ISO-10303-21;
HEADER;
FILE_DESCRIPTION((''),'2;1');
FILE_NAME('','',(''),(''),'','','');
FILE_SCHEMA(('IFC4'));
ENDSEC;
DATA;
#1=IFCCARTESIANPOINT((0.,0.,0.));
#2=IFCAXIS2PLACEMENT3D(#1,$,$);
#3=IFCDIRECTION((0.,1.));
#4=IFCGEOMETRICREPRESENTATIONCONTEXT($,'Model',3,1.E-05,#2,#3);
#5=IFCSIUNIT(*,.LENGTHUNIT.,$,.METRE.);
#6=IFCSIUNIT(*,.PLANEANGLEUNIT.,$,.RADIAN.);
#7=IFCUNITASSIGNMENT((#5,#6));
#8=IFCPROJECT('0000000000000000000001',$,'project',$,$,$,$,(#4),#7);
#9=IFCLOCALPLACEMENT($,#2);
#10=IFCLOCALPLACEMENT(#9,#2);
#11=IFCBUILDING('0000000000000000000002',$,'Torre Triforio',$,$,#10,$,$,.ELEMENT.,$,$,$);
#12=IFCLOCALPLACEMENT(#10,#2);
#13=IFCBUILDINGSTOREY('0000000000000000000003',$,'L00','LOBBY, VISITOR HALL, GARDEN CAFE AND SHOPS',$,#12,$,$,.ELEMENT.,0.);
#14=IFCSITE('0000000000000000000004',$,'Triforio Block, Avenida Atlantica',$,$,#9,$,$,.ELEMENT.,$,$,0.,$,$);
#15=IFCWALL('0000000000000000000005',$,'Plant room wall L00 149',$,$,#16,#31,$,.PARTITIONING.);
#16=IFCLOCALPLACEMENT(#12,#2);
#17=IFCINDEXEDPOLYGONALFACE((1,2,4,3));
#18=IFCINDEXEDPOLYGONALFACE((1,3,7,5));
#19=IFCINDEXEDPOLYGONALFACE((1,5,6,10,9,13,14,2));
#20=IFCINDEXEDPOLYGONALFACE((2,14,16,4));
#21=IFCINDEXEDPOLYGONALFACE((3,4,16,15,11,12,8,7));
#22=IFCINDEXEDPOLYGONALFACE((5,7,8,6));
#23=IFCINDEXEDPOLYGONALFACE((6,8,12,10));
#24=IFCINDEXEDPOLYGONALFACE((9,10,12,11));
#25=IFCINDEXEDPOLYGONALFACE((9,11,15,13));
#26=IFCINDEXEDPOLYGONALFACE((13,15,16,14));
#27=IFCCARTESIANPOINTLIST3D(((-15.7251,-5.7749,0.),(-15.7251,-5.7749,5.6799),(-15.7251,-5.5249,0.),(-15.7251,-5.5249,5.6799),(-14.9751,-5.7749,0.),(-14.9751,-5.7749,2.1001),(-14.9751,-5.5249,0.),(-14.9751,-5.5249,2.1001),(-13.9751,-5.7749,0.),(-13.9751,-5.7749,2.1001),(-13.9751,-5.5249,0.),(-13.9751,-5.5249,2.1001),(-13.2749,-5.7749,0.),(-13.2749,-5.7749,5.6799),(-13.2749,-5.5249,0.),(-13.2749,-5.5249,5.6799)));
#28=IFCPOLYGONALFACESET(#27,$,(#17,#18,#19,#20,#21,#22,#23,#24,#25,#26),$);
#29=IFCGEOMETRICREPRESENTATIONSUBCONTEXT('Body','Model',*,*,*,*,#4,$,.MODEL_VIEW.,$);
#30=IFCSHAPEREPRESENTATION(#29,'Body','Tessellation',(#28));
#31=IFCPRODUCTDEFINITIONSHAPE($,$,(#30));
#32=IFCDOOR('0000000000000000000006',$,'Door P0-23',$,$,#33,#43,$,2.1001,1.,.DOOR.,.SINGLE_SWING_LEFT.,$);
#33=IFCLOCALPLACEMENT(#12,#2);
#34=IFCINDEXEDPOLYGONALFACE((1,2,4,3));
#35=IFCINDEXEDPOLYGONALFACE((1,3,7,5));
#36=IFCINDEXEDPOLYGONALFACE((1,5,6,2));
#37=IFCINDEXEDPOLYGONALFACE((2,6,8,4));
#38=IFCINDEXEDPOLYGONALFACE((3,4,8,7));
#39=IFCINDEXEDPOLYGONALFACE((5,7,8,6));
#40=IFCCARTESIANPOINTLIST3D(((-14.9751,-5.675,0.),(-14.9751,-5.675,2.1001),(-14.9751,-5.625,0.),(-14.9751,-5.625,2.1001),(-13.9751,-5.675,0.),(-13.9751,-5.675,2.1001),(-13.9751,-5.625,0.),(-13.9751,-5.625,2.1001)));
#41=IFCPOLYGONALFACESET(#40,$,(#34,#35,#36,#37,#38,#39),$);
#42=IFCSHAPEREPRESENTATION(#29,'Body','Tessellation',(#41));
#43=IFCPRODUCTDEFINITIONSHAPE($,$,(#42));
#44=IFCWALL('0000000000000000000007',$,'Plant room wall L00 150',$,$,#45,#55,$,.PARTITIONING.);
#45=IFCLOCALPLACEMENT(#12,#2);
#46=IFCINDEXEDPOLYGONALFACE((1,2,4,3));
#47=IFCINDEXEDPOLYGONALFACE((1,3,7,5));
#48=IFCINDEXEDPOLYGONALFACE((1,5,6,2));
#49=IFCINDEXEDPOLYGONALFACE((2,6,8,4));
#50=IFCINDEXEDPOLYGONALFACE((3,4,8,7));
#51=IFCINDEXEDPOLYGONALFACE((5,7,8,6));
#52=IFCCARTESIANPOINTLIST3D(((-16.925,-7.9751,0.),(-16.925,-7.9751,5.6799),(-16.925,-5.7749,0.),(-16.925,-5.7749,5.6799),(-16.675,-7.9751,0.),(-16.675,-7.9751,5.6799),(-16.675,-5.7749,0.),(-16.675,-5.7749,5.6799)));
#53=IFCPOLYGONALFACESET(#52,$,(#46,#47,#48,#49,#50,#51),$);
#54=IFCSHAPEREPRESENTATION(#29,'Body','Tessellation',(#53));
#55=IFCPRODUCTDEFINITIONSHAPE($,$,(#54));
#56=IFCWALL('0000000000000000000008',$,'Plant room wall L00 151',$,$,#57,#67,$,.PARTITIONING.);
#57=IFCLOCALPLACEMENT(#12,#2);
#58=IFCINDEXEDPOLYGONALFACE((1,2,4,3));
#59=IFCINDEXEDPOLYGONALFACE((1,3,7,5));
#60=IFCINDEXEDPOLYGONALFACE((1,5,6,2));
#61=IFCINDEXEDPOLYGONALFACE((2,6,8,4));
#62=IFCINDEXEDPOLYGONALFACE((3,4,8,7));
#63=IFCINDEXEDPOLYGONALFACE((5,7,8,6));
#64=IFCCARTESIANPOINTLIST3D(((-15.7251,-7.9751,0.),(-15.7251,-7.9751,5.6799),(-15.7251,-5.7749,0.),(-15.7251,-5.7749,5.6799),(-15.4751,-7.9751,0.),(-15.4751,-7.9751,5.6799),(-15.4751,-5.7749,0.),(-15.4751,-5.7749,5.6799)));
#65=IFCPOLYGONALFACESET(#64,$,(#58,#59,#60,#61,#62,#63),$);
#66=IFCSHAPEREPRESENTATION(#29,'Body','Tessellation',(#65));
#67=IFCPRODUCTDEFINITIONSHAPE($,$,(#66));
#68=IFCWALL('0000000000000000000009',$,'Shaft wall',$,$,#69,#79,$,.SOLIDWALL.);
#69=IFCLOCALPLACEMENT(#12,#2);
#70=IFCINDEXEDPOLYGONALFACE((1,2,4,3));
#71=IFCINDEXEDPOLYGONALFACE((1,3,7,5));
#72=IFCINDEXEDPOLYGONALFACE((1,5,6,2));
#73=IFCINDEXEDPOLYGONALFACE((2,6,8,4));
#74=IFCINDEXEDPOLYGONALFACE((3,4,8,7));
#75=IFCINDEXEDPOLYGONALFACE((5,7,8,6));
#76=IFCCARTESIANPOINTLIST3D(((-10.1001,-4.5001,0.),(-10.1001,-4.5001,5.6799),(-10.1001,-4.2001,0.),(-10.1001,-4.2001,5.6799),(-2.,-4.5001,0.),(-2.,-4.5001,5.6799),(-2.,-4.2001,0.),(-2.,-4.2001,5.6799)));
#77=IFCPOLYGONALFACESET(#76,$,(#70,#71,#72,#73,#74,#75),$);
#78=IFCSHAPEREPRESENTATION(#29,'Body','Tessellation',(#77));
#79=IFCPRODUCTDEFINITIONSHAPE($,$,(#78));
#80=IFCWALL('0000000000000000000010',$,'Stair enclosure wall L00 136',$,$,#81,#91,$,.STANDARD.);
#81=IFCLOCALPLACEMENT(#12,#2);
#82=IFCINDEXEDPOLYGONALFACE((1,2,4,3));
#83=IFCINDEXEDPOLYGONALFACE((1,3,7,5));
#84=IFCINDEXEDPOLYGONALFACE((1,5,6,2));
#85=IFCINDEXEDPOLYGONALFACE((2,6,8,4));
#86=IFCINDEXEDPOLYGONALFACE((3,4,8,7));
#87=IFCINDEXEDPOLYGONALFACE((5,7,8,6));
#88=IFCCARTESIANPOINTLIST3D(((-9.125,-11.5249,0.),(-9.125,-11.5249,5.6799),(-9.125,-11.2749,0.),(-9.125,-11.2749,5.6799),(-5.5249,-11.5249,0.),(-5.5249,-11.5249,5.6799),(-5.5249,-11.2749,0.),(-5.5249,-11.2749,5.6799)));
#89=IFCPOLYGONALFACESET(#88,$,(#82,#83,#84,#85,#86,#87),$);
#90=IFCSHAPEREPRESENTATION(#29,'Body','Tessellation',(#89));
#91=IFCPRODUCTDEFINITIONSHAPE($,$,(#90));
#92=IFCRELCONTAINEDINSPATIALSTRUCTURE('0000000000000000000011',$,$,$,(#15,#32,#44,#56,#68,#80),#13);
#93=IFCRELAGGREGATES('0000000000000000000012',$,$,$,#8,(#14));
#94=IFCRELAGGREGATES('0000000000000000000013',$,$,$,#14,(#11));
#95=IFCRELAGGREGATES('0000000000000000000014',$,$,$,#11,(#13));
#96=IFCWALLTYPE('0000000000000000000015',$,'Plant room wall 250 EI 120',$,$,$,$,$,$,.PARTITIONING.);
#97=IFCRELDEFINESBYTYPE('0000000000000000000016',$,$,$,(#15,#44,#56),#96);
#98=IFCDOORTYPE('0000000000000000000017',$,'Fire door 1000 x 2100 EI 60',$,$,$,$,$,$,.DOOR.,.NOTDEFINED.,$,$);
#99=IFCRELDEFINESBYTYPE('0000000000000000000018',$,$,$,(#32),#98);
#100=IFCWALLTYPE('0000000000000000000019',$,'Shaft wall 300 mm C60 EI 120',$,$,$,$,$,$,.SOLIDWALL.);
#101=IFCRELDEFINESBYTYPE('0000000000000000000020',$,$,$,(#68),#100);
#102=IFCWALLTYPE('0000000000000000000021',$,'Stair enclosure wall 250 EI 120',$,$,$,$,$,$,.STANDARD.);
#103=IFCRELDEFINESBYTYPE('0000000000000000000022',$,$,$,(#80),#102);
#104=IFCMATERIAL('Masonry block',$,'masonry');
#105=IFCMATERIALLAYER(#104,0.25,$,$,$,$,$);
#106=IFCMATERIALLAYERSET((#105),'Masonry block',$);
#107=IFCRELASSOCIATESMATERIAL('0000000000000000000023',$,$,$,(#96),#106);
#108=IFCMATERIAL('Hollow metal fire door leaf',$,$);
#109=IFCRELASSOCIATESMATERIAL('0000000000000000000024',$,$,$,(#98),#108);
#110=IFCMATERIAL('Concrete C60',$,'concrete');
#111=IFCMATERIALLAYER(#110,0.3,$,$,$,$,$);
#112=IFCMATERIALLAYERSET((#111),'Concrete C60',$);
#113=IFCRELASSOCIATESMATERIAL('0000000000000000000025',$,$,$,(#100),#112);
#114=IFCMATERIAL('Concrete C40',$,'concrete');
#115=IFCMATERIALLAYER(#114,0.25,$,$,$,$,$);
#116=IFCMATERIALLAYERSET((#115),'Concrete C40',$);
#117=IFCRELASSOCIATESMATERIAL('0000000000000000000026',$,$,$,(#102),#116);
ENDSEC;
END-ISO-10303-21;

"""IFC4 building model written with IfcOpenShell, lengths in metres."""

from ifc_helpers import new_model, si_unit, direction, frame, frame_2d, origin, place, context, subcontext, project, spatial, rectangle, extrude, material, layer, layer_set, type_object, element, fill, save


model = new_model("IFC4")

# Units and contexts
model_context = context("Model", 3, precision=1e-05, world=origin(), true_north=direction((0.0, 1.0)))
body_context = subcontext(model_context, "Body", "Model", "MODEL_VIEW")
ifc_project = project(units=[si_unit("LENGTHUNIT", "METRE"), si_unit("PLANEANGLEUNIT", "RADIAN")], contexts=[model_context])

# Site, building, storey
site_placement = place(None, origin())
site = spatial("IfcSite", under=ifc_project, at=site_placement, Name="Triforio Block, Avenida Atlantica", CompositionType="ELEMENT", RefElevation=0.0)
building_placement = place(site_placement, origin())
building = spatial("IfcBuilding", under=site, at=building_placement, Name="Torre Triforio", CompositionType="ELEMENT")
storey_placement = place(building_placement, origin())
storey = spatial("IfcBuildingStorey", under=building, at=storey_placement, Name="L00", Description="LOBBY, VISITOR HALL, GARDEN CAFE AND SHOPS", CompositionType="ELEMENT", Elevation=0.0)

# Shared definitions
ifc_material_1 = material(Name="Concrete C60", Category="concrete")
ifc_material_2 = material(Name="Hollow metal fire door leaf")

# Shared definitions
ifc_material_3 = material(Name="Masonry block", Category="masonry")
ifc_layer_1 = layer(ifc_material_3, 0.25)
ifc_layer_set_1 = layer_set([ifc_layer_1], Name="Masonry block")
wall_type_1 = type_object("IfcWallType", Name="Plant room wall 250 EI 120", PredefinedType="PARTITIONING", material=ifc_layer_set_1)

# Wall, opening, door
wall_1_placement = place(storey_placement, frame((-15.7251, -5.6499, 0.0), z_axis=(0.0, 0.0, 1.0), x_axis=(1.0, 0.0, 0.0)))
wall_1 = element("IfcWall", 1, at=wall_1_placement, inside=storey, type_object=wall_type_1, Name="Plant room wall L00 149", PredefinedType="PARTITIONING", context=body_context, shape_type="SweptSolid", body=[
    extrude(rectangle(XDim=2.4502, YDim=0.25, at=frame_2d((1.2251, 0.0))), origin(), (0.0, 0.0, 1.0), 5.6799),
])
opening_1_placement = place(wall_1_placement, frame((0.75, 0.0, 0.0)))
opening_1 = element("IfcOpeningElement", 2, at=opening_1_placement, cuts=wall_1, PredefinedType="OPENING", context=body_context, shape_type="SweptSolid", body=[
    extrude(rectangle(XDim=1.0, YDim=2.1001, at=frame_2d((0.5, 1.05))), frame((0.0, 0.135, 0.0), z_axis=(0.0, -1.0, 0.0), x_axis=(1.0, 0.0, 0.0)), (0.0, 0.0, 1.0), 0.27),
])
door_type_1 = type_object("IfcDoorType", Name="Fire door 1000 x 2100 EI 60", OperationType="NOTDEFINED", PredefinedType="DOOR", material=ifc_material_2)
door_1_placement = place(opening_1_placement, origin())
door_1 = element("IfcDoor", 3, at=door_1_placement, inside=storey, type_object=door_type_1, Name="Door P0-23", OperationType="SINGLE_SWING_LEFT", OverallHeight=2.1001, OverallWidth=1.0, PredefinedType="DOOR", context=body_context, shape_type="SweptSolid", body=[
    extrude(rectangle(XDim=1.0, YDim=2.1001, at=frame_2d((0.5, 1.05))), frame((0.0, 0.0249, 0.0), z_axis=(0.0, -1.0, 0.0), x_axis=(1.0, 0.0, 0.0)), (0.0, 0.0, 1.0), 0.05),
])
fill(opening_1, door_1)

# Walls
for number, where, z_axis, x_axis, name in (
    (4, (-16.8, -7.9751, 0.0), (0.0, 0.0, 1.0), (0.0, 1.0, 0.0), "Plant room wall L00 150"),
    (5, (-15.6001, -7.9751, 0.0), (0.0, 0.0, 1.0), (0.0, 1.0, 0.0), "Plant room wall L00 151"),
):
    element("IfcWall", number, at=place(storey_placement, frame(where, z_axis=z_axis, x_axis=x_axis)), inside=storey, type_object=wall_type_1, Name=name, PredefinedType="PARTITIONING", context=body_context, shape_type="SweptSolid", body=[
        extrude(rectangle(XDim=2.2002, YDim=0.25, at=frame_2d((1.1001, 0.0))), origin(), (0.0, 0.0, 1.0), 5.6799),
    ])
ifc_layer_2 = layer(ifc_material_1, 0.3)
ifc_layer_set_2 = layer_set([ifc_layer_2], Name="Concrete C60")
wall_type_2 = type_object("IfcWallType", Name="Shaft wall 300 mm C60 EI 120", PredefinedType="SOLIDWALL", material=ifc_layer_set_2)
wall_2_placement = place(storey_placement, frame((-10.1001, -4.3501, 0.0), z_axis=(0.0, 0.0, 1.0), x_axis=(1.0, 0.0, 0.0)))
element("IfcWall", 6, at=wall_2_placement, inside=storey, type_object=wall_type_2, Name="Shaft wall", PredefinedType="SOLIDWALL", context=body_context, shape_type="SweptSolid", body=[
    extrude(rectangle(XDim=8.1001, YDim=0.3, at=frame_2d((4.05, 0.0))), origin(), (0.0, 0.0, 1.0), 5.6799),
])
ifc_material_4 = material(Name="Concrete C40", Category="concrete")
ifc_layer_3 = layer(ifc_material_4, 0.25)
ifc_layer_set_3 = layer_set([ifc_layer_3], Name="Concrete C40")
wall_type_3 = type_object("IfcWallType", Name="Stair enclosure wall 250 EI 120", PredefinedType="STANDARD", material=ifc_layer_set_3)
wall_3_placement = place(storey_placement, frame((-9.125, -11.3999, 0.0), z_axis=(0.0, 0.0, 1.0), x_axis=(1.0, 0.0, 0.0)))
element("IfcWall", 7, at=wall_3_placement, inside=storey, type_object=wall_type_3, Name="Stair enclosure wall L00 136", PredefinedType="STANDARD", context=body_context, shape_type="SweptSolid", body=[
    extrude(rectangle(XDim=3.6001, YDim=0.25, at=frame_2d((1.8, 0.0))), origin(), (0.0, 0.0, 1.0), 5.6799),
])

save(model, "model.ifc")
